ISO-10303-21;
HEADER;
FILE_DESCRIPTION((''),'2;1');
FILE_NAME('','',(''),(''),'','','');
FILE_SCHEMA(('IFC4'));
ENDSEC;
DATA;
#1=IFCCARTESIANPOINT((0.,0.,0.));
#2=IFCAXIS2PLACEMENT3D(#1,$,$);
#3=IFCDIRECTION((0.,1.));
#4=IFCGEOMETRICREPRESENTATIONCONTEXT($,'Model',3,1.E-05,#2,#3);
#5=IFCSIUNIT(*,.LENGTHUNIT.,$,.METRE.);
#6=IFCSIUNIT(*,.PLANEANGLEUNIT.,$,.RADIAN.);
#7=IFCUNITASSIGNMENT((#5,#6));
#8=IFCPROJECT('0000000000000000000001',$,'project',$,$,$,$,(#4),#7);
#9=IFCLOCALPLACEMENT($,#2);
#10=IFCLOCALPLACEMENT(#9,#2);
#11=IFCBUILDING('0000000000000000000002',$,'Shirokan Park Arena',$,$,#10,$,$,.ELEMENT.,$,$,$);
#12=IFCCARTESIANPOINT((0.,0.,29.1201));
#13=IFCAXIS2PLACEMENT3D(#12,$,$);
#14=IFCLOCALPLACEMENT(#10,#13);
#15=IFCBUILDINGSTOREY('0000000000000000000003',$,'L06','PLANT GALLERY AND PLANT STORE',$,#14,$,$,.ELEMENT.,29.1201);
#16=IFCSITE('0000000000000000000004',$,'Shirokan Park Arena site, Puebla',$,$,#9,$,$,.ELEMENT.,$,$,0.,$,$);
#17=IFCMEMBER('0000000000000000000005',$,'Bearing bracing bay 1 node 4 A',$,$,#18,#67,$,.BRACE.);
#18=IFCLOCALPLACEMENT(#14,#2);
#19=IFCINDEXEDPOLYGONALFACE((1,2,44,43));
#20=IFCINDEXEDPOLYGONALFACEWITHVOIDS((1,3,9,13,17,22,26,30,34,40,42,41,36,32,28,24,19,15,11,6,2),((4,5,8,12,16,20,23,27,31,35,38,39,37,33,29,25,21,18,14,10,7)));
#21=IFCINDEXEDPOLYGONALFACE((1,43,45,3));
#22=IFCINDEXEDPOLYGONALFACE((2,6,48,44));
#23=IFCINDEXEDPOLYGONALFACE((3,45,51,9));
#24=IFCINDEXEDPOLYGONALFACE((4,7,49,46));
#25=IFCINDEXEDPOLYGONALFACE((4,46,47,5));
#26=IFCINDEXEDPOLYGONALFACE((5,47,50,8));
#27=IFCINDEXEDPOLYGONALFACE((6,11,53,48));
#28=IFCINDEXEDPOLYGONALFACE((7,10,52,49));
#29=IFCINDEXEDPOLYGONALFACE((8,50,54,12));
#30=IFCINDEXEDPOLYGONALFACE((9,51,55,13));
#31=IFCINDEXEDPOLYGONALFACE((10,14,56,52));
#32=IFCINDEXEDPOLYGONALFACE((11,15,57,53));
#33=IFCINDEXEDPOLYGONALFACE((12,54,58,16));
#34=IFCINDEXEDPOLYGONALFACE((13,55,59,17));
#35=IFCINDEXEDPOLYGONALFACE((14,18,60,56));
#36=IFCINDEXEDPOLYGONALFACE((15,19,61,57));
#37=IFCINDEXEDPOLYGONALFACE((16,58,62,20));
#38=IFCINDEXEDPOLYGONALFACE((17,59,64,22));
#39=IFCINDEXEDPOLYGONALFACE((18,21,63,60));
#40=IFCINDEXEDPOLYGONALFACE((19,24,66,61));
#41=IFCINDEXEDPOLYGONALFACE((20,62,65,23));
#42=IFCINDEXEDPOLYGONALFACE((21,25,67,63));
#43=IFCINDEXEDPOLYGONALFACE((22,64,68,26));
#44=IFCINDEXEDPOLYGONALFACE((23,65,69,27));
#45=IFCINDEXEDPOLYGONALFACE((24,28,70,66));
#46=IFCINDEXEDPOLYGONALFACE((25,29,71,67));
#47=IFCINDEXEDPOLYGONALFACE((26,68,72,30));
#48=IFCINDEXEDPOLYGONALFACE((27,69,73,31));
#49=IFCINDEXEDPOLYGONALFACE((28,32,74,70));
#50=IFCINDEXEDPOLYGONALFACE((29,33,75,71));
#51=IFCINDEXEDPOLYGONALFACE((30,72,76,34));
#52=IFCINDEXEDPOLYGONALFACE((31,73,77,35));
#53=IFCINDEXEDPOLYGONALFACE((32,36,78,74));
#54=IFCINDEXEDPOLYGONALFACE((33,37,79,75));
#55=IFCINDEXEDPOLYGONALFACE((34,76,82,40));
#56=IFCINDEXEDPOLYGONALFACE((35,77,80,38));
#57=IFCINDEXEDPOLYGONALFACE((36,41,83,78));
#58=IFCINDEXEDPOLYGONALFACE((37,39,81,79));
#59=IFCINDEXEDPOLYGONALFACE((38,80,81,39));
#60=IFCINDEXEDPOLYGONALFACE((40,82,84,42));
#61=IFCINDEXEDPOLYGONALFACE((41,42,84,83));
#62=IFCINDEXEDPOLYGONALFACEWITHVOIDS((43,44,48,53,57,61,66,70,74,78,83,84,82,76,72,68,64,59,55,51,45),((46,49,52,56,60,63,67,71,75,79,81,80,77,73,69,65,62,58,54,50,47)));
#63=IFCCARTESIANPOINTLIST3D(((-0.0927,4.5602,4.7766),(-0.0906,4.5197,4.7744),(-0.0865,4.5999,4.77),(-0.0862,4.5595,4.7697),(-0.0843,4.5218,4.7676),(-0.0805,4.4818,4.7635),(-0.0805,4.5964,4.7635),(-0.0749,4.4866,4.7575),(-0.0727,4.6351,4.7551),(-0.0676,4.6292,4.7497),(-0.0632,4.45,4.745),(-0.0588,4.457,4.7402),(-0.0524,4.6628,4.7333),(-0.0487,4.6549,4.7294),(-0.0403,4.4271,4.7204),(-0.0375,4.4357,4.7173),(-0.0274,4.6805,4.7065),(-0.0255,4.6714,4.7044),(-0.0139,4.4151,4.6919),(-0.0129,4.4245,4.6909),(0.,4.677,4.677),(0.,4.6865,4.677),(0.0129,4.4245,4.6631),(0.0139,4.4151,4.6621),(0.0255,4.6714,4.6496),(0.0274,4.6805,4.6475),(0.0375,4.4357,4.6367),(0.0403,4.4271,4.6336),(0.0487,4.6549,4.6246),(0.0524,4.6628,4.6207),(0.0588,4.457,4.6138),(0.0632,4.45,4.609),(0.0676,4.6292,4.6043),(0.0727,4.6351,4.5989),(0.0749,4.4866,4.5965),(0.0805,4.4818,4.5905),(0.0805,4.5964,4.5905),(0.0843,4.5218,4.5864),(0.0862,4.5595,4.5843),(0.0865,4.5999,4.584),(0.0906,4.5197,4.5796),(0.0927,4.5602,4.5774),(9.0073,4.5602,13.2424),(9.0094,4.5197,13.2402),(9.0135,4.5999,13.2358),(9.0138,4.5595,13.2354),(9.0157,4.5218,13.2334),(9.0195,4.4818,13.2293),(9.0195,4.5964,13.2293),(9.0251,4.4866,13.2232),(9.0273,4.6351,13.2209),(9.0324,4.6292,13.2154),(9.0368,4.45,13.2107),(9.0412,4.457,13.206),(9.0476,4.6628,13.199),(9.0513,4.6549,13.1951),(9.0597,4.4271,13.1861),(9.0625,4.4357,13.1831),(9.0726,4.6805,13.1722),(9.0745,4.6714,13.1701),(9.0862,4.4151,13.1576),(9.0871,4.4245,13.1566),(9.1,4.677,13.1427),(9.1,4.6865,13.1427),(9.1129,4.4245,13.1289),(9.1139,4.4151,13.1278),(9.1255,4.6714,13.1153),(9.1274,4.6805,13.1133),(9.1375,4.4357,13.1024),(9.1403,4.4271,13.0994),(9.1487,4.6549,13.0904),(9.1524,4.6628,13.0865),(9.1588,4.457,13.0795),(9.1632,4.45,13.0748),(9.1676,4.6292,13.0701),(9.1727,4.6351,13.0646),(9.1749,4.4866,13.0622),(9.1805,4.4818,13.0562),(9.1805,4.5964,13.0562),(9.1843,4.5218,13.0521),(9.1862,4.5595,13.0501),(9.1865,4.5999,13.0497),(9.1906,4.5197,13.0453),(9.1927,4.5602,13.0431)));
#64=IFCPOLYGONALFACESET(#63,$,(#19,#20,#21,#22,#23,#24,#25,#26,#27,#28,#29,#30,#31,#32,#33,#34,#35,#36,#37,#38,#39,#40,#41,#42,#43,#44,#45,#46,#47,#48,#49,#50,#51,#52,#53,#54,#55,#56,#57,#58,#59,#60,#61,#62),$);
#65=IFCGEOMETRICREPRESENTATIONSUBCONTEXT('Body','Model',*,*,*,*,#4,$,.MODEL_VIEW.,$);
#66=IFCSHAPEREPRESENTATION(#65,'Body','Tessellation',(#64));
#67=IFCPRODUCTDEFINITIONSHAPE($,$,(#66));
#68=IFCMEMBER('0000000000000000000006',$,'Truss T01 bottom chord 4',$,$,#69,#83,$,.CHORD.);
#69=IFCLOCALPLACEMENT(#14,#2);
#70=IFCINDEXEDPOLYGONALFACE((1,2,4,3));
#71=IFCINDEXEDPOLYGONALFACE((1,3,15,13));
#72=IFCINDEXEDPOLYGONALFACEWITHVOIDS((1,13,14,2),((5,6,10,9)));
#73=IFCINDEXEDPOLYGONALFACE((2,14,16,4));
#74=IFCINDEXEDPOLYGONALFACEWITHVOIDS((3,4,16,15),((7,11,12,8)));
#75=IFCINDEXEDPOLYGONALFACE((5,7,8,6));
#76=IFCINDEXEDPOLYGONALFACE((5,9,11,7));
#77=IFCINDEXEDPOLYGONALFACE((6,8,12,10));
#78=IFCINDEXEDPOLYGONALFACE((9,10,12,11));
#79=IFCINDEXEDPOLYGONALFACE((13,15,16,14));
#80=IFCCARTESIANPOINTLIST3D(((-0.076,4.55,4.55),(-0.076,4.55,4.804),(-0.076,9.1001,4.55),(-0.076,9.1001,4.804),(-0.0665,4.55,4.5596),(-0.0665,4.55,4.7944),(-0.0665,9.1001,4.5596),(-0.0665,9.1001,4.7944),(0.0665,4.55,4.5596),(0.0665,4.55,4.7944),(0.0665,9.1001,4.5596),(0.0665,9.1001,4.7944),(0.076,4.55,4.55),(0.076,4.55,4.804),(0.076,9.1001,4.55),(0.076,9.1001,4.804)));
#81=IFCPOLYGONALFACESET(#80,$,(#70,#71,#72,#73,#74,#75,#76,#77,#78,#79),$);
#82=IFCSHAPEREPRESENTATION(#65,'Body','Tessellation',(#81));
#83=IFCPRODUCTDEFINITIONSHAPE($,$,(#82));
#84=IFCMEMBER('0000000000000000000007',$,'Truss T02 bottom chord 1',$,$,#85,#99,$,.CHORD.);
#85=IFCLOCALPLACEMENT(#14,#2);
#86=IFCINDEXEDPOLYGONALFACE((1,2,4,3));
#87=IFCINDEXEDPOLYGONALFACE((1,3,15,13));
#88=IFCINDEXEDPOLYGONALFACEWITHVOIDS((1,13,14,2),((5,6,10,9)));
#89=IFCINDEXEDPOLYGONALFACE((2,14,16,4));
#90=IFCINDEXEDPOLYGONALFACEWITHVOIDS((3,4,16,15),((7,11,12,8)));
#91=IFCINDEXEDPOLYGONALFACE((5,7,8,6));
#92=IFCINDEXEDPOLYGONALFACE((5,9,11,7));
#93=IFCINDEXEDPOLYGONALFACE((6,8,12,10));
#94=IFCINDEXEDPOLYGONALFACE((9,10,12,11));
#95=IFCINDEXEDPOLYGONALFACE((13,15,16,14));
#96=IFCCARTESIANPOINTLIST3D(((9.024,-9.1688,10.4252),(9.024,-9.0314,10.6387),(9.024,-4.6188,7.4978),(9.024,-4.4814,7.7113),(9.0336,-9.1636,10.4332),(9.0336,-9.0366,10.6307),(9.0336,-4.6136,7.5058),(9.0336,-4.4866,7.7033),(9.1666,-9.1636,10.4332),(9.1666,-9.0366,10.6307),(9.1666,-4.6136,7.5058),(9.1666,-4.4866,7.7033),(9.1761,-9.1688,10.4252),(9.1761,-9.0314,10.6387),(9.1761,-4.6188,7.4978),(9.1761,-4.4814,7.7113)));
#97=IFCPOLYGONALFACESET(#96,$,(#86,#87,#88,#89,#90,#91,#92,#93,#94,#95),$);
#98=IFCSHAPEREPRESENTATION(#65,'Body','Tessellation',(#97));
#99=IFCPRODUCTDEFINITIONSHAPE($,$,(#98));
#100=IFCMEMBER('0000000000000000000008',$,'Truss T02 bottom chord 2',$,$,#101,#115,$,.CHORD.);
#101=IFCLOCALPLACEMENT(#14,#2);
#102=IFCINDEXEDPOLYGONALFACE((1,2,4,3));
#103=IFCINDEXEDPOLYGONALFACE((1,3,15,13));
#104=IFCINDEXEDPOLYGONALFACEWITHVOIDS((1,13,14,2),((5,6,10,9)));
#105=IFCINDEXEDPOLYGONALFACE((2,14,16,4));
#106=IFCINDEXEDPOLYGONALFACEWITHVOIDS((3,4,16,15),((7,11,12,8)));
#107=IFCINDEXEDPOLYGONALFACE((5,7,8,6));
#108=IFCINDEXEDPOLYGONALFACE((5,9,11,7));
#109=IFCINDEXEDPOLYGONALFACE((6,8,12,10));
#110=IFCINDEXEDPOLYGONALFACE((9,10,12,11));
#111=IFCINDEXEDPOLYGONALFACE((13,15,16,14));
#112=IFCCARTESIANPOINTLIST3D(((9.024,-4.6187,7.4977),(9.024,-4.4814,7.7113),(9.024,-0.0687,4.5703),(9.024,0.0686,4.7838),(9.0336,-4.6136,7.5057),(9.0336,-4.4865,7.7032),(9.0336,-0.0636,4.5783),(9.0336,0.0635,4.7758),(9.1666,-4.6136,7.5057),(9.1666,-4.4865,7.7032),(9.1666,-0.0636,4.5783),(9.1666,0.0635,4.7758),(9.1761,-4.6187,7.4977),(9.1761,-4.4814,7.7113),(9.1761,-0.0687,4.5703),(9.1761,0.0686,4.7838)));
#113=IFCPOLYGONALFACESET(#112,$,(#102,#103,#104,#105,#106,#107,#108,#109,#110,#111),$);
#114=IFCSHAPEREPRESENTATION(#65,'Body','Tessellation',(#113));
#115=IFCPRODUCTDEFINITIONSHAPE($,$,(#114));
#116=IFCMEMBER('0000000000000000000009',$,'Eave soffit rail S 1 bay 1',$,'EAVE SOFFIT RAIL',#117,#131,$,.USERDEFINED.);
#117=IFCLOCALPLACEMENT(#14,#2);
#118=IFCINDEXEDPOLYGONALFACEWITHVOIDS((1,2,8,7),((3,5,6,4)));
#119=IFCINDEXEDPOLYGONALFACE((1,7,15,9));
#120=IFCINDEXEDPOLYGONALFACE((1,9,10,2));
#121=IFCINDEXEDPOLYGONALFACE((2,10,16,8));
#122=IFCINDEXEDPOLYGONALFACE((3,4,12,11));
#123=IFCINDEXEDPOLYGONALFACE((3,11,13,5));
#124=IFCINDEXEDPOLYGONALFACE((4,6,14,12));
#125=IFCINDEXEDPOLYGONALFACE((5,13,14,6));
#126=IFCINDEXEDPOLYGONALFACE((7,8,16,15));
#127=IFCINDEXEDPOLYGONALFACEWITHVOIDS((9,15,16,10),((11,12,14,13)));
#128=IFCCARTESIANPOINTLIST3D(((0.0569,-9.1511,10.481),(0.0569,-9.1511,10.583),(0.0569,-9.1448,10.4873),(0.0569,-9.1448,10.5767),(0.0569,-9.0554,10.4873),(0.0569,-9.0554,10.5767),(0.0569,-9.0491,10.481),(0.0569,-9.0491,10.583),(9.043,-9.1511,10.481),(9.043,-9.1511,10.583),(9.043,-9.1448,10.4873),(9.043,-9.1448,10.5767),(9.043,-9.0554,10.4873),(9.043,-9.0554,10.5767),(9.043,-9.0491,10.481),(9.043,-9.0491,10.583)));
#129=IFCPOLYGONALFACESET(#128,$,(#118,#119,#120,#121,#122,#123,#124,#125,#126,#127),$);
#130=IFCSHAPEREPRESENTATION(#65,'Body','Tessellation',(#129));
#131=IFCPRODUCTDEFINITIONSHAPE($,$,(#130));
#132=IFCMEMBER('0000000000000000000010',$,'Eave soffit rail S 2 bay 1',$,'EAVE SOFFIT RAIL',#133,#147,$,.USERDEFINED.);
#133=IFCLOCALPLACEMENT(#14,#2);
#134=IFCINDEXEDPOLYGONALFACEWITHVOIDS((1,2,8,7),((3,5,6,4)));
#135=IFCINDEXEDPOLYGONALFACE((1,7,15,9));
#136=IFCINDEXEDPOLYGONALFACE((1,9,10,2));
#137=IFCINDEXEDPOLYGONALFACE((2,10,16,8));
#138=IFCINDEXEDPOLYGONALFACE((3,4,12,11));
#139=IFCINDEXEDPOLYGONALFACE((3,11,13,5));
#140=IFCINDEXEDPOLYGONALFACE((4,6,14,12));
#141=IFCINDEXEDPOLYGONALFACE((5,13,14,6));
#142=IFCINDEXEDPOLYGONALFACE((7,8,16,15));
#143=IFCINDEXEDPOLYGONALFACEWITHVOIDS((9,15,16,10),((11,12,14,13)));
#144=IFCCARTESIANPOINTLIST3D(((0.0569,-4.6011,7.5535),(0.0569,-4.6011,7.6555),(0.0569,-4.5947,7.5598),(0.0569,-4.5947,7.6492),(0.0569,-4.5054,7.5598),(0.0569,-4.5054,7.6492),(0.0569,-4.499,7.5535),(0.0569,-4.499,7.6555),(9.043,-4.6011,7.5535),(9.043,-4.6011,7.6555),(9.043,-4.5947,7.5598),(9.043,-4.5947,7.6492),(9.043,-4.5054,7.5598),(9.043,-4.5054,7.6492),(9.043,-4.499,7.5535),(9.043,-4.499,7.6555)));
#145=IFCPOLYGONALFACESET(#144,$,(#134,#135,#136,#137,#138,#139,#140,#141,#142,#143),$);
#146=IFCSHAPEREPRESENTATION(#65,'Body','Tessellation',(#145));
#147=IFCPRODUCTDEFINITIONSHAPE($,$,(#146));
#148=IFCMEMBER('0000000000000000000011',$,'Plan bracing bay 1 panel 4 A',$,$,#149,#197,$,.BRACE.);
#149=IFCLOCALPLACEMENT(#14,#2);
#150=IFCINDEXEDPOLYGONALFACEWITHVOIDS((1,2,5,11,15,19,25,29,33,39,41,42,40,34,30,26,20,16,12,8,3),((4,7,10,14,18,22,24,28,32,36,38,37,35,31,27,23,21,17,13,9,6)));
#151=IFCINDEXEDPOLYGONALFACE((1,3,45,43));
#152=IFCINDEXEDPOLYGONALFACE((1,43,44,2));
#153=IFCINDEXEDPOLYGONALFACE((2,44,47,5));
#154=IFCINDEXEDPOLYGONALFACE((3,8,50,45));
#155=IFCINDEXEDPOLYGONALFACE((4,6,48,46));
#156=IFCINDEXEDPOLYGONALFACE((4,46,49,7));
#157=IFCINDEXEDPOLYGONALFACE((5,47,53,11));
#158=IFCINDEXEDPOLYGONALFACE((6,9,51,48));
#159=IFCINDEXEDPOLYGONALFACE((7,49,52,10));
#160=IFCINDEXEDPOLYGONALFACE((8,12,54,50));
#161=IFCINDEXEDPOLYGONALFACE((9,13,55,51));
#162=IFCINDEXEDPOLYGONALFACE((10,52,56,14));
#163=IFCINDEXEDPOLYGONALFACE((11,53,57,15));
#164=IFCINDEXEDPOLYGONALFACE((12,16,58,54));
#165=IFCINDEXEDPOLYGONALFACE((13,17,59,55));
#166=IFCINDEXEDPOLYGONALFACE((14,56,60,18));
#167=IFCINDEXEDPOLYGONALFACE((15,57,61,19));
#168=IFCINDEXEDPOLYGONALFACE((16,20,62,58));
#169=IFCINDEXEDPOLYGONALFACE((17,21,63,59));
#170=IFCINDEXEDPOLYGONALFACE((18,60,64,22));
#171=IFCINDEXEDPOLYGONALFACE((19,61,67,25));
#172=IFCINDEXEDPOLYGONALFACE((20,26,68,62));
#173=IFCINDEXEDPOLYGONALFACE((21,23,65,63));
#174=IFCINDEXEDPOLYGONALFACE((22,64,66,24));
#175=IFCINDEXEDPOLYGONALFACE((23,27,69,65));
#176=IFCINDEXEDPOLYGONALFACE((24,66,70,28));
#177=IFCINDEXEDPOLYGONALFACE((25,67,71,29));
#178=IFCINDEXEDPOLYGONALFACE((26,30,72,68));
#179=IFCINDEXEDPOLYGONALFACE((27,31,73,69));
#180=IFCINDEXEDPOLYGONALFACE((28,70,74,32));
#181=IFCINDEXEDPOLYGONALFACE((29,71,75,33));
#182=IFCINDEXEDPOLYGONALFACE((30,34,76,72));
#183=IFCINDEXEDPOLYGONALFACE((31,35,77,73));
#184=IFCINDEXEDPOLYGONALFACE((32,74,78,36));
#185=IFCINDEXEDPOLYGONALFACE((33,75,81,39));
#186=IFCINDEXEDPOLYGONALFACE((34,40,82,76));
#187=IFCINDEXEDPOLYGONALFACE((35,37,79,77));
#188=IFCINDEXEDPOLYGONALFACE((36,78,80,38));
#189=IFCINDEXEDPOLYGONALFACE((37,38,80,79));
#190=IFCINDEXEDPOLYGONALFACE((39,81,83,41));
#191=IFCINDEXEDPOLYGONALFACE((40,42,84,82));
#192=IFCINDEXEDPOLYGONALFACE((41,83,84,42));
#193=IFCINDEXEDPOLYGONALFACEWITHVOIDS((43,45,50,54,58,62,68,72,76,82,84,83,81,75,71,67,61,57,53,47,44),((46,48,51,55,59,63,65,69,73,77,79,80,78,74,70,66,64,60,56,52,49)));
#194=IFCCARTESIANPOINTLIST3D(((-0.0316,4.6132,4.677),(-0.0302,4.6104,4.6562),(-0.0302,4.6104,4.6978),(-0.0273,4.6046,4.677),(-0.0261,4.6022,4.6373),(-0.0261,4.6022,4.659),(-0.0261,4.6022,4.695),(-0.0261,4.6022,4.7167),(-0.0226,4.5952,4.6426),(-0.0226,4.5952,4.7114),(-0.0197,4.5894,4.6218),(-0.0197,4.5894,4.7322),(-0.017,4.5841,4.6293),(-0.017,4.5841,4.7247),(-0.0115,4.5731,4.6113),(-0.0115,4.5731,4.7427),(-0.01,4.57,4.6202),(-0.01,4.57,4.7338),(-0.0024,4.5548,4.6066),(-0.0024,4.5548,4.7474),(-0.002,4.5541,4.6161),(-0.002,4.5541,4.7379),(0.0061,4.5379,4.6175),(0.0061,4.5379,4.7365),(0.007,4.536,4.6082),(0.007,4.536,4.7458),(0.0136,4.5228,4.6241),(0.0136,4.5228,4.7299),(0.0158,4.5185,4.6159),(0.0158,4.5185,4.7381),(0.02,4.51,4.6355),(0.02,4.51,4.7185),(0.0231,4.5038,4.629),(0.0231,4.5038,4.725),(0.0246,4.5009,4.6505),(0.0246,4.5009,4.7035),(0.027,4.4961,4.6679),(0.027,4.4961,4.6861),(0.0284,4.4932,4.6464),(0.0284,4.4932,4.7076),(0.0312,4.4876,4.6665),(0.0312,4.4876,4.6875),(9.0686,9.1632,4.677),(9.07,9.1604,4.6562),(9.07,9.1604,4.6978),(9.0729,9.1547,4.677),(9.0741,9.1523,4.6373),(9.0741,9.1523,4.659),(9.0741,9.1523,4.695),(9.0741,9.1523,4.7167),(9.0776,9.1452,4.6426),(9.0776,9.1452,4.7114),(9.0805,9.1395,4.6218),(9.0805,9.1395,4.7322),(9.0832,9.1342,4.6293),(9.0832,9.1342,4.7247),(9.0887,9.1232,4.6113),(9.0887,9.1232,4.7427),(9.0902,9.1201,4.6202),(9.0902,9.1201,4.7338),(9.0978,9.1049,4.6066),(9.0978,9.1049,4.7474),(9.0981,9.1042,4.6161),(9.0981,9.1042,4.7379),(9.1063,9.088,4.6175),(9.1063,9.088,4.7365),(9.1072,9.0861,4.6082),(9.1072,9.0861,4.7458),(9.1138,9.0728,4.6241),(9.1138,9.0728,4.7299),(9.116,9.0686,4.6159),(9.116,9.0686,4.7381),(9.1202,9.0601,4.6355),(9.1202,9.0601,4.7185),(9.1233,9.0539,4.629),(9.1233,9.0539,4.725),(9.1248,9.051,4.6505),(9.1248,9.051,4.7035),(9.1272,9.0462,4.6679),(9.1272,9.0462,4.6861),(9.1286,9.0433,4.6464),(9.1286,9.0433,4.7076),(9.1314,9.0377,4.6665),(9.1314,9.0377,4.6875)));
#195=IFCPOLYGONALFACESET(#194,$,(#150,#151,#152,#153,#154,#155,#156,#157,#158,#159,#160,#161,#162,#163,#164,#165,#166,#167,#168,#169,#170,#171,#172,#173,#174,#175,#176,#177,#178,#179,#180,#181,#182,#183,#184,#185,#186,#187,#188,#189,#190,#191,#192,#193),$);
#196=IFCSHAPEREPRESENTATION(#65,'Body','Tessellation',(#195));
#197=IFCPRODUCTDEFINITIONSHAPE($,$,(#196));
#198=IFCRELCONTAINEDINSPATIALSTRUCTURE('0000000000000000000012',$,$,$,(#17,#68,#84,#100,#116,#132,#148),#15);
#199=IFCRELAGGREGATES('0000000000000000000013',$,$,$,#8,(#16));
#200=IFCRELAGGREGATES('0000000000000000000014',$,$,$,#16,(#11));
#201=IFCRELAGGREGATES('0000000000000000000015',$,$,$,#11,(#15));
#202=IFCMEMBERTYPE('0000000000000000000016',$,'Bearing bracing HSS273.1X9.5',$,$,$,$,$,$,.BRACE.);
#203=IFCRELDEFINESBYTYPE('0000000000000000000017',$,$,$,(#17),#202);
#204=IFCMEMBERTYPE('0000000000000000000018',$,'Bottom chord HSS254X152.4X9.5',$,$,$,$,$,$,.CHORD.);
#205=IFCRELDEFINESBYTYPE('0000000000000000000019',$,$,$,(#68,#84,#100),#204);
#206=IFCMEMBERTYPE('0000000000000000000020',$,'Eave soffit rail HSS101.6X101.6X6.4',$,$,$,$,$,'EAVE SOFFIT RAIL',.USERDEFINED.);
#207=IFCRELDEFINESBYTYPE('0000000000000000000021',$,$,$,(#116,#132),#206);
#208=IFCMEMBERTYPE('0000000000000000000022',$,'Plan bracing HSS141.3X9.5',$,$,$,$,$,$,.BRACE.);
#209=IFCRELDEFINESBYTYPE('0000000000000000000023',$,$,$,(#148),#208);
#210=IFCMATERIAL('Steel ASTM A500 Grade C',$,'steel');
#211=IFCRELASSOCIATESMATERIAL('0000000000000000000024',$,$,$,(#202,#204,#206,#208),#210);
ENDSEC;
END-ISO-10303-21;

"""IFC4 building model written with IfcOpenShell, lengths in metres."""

from ifc_helpers import new_model, si_unit, direction, frame, origin, origin_2d, place, context, subcontext, project, spatial, hollow_rectangle, hollow_circle, extrude, material, material_profile, profile_set, type_object, element, save


model = new_model("IFC4")

# Units and contexts
model_context = context("Model", 3, precision=1e-05, world=origin(), true_north=direction((0.0, 1.0)))
body_context = subcontext(model_context, "Body", "Model", "MODEL_VIEW")
ifc_project = project(units=[si_unit("LENGTHUNIT", "METRE"), si_unit("PLANEANGLEUNIT", "RADIAN")], contexts=[model_context])

# Site, building, storey
site_placement = place(None, origin())
site = spatial("IfcSite", under=ifc_project, at=site_placement, Name="Shirokan Park Arena site, Puebla", CompositionType="ELEMENT", RefElevation=0.0)
building_placement = place(site_placement, origin())
building = spatial("IfcBuilding", under=site, at=building_placement, Name="Shirokan Park Arena", CompositionType="ELEMENT")
storey_placement = place(building_placement, frame((0.0, 0.0, 29.1201)))
storey = spatial("IfcBuildingStorey", under=building, at=storey_placement, Name="L06", Description="PLANT GALLERY AND PLANT STORE", CompositionType="ELEMENT", Elevation=29.1201)

# Members
ifc_material_1 = material(Name="Steel ASTM A500 Grade C", Category="steel")
ifc_material_profile_1 = material_profile(ifc_material_1, hollow_circle(Radius=0.1365, WallThickness=0.0095, at=origin_2d()), Name="HSS273.1X9.5")
ifc_profile_set_1 = profile_set([ifc_material_profile_1], Name="Steel ASTM A500 Grade C")
member_type_1 = type_object("IfcMemberType", Name="Bearing bracing HSS273.1X9.5", PredefinedType="BRACE", material=ifc_profile_set_1)
member_1_placement = place(storey_placement, frame((0.0, 4.55, 4.677), z_axis=(0.732162, 0.0, 0.68113), x_axis=(0.0, 1.0, 0.0)))
element("IfcMember", 1, at=member_1_placement, inside=storey, type_object=member_type_1, Name="Bearing bracing bay 1 node 4 A", PredefinedType="BRACE", context=body_context, shape_type="SweptSolid", body=[
    extrude(hollow_circle(Radius=0.1365, WallThickness=0.0095, at=origin_2d()), origin(), (0.0, 0.0, 1.0), 12.429),
])
ifc_material_profile_2 = material_profile(ifc_material_1, hollow_rectangle(XDim=0.1521, YDim=0.2539, WallThickness=0.0095, at=origin_2d()), Name="HSS254X152.4X9.5")
ifc_profile_set_2 = profile_set([ifc_material_profile_2], Name="Steel ASTM A500 Grade C")
member_type_2 = type_object("IfcMemberType", Name="Bottom chord HSS254X152.4X9.5", PredefinedType="CHORD", material=ifc_profile_set_2)
member_2_placement = place(storey_placement, frame((0.0, 4.55, 4.677), z_axis=(0.0, 1.0, 0.0), x_axis=(-1.0, 0.0, 0.0)))
element("IfcMember", 2, at=member_2_placement, inside=storey, type_object=member_type_2, Name="Truss T01 bottom chord 4", PredefinedType="CHORD", context=body_context, shape_type="SweptSolid", body=[
    extrude(hollow_rectangle(XDim=0.1521, YDim=0.2539, WallThickness=0.0095, at=origin_2d()), origin(), (0.0, 0.0, 1.0), 4.55),
])
for number, where, z_axis, x_axis, name in (
    (3, (9.1001, -9.1001, 10.532), (0.0, 0.840972, -0.541079), (-1.0, 0.0, 0.0), "Truss T02 bottom chord 1"),
    (4, (9.1001, -4.55, 7.6045), (0.0, 0.840972, -0.541079), (-1.0, 0.0, 0.0), "Truss T02 bottom chord 2"),
):
    element("IfcMember", number, at=place(storey_placement, frame(where, z_axis=z_axis, x_axis=x_axis)), inside=storey, type_object=member_type_2, Name=name, PredefinedType="CHORD", context=body_context, shape_type="SweptSolid", body=[
        extrude(hollow_rectangle(XDim=0.1521, YDim=0.2539, WallThickness=0.0095, at=origin_2d()), origin(), (0.0, 0.0, 1.0), 5.4104),
    ])
ifc_material_profile_3 = material_profile(ifc_material_1, hollow_rectangle(XDim=0.1021, YDim=0.1021, WallThickness=0.0063, at=origin_2d()), Name="HSS101.6X101.6X6.4")
ifc_profile_set_3 = profile_set([ifc_material_profile_3], Name="Steel ASTM A500 Grade C")
member_type_3 = type_object("IfcMemberType", Name="Eave soffit rail HSS101.6X101.6X6.4", ElementType="EAVE SOFFIT RAIL", PredefinedType="USERDEFINED", material=ifc_profile_set_3)
for number, where, z_axis, x_axis, name in (
    (5, (0.0569, -9.1001, 10.532), (1.0, 0.0, 0.0), (0.0, 1.0, 0.0), "Eave soffit rail S 1 bay 1"),
    (6, (0.0569, -4.55, 7.6045), (1.0, 0.0, 0.0), (0.0, 1.0, 0.0), "Eave soffit rail S 2 bay 1"),
):
    element("IfcMember", number, at=place(storey_placement, frame(where, z_axis=z_axis, x_axis=x_axis)), inside=storey, type_object=member_type_3, Name=name, ObjectType="EAVE SOFFIT RAIL", PredefinedType="USERDEFINED", context=body_context, shape_type="SweptSolid", body=[
        extrude(hollow_rectangle(XDim=0.1021, YDim=0.1021, WallThickness=0.0063, at=origin_2d()), origin(), (0.0, 0.0, 1.0), 8.9861),
    ])
ifc_material_profile_4 = material_profile(ifc_material_1, hollow_circle(Radius=0.0706, WallThickness=0.0095, at=origin_2d()), Name="HSS141.3X9.5")
ifc_profile_set_4 = profile_set([ifc_material_profile_4], Name="Steel ASTM A500 Grade C")
member_type_4 = type_object("IfcMemberType", Name="Plan bracing HSS141.3X9.5", PredefinedType="BRACE", material=ifc_profile_set_4)
member_3_placement = place(storey_placement, frame((0.0, 4.55, 4.677), z_axis=(0.894427, 0.447214, 0.0), x_axis=(-0.447214, 0.894427, 0.0)))
element("IfcMember", 7, at=member_3_placement, inside=storey, type_object=member_type_4, Name="Plan bracing bay 1 panel 4 A", PredefinedType="BRACE", context=body_context, shape_type="SweptSolid", body=[
    extrude(hollow_circle(Radius=0.0706, WallThickness=0.0095, at=origin_2d()), origin(), (0.0, 0.0, 1.0), 10.1743),
])

save(model, "model.ifc")
